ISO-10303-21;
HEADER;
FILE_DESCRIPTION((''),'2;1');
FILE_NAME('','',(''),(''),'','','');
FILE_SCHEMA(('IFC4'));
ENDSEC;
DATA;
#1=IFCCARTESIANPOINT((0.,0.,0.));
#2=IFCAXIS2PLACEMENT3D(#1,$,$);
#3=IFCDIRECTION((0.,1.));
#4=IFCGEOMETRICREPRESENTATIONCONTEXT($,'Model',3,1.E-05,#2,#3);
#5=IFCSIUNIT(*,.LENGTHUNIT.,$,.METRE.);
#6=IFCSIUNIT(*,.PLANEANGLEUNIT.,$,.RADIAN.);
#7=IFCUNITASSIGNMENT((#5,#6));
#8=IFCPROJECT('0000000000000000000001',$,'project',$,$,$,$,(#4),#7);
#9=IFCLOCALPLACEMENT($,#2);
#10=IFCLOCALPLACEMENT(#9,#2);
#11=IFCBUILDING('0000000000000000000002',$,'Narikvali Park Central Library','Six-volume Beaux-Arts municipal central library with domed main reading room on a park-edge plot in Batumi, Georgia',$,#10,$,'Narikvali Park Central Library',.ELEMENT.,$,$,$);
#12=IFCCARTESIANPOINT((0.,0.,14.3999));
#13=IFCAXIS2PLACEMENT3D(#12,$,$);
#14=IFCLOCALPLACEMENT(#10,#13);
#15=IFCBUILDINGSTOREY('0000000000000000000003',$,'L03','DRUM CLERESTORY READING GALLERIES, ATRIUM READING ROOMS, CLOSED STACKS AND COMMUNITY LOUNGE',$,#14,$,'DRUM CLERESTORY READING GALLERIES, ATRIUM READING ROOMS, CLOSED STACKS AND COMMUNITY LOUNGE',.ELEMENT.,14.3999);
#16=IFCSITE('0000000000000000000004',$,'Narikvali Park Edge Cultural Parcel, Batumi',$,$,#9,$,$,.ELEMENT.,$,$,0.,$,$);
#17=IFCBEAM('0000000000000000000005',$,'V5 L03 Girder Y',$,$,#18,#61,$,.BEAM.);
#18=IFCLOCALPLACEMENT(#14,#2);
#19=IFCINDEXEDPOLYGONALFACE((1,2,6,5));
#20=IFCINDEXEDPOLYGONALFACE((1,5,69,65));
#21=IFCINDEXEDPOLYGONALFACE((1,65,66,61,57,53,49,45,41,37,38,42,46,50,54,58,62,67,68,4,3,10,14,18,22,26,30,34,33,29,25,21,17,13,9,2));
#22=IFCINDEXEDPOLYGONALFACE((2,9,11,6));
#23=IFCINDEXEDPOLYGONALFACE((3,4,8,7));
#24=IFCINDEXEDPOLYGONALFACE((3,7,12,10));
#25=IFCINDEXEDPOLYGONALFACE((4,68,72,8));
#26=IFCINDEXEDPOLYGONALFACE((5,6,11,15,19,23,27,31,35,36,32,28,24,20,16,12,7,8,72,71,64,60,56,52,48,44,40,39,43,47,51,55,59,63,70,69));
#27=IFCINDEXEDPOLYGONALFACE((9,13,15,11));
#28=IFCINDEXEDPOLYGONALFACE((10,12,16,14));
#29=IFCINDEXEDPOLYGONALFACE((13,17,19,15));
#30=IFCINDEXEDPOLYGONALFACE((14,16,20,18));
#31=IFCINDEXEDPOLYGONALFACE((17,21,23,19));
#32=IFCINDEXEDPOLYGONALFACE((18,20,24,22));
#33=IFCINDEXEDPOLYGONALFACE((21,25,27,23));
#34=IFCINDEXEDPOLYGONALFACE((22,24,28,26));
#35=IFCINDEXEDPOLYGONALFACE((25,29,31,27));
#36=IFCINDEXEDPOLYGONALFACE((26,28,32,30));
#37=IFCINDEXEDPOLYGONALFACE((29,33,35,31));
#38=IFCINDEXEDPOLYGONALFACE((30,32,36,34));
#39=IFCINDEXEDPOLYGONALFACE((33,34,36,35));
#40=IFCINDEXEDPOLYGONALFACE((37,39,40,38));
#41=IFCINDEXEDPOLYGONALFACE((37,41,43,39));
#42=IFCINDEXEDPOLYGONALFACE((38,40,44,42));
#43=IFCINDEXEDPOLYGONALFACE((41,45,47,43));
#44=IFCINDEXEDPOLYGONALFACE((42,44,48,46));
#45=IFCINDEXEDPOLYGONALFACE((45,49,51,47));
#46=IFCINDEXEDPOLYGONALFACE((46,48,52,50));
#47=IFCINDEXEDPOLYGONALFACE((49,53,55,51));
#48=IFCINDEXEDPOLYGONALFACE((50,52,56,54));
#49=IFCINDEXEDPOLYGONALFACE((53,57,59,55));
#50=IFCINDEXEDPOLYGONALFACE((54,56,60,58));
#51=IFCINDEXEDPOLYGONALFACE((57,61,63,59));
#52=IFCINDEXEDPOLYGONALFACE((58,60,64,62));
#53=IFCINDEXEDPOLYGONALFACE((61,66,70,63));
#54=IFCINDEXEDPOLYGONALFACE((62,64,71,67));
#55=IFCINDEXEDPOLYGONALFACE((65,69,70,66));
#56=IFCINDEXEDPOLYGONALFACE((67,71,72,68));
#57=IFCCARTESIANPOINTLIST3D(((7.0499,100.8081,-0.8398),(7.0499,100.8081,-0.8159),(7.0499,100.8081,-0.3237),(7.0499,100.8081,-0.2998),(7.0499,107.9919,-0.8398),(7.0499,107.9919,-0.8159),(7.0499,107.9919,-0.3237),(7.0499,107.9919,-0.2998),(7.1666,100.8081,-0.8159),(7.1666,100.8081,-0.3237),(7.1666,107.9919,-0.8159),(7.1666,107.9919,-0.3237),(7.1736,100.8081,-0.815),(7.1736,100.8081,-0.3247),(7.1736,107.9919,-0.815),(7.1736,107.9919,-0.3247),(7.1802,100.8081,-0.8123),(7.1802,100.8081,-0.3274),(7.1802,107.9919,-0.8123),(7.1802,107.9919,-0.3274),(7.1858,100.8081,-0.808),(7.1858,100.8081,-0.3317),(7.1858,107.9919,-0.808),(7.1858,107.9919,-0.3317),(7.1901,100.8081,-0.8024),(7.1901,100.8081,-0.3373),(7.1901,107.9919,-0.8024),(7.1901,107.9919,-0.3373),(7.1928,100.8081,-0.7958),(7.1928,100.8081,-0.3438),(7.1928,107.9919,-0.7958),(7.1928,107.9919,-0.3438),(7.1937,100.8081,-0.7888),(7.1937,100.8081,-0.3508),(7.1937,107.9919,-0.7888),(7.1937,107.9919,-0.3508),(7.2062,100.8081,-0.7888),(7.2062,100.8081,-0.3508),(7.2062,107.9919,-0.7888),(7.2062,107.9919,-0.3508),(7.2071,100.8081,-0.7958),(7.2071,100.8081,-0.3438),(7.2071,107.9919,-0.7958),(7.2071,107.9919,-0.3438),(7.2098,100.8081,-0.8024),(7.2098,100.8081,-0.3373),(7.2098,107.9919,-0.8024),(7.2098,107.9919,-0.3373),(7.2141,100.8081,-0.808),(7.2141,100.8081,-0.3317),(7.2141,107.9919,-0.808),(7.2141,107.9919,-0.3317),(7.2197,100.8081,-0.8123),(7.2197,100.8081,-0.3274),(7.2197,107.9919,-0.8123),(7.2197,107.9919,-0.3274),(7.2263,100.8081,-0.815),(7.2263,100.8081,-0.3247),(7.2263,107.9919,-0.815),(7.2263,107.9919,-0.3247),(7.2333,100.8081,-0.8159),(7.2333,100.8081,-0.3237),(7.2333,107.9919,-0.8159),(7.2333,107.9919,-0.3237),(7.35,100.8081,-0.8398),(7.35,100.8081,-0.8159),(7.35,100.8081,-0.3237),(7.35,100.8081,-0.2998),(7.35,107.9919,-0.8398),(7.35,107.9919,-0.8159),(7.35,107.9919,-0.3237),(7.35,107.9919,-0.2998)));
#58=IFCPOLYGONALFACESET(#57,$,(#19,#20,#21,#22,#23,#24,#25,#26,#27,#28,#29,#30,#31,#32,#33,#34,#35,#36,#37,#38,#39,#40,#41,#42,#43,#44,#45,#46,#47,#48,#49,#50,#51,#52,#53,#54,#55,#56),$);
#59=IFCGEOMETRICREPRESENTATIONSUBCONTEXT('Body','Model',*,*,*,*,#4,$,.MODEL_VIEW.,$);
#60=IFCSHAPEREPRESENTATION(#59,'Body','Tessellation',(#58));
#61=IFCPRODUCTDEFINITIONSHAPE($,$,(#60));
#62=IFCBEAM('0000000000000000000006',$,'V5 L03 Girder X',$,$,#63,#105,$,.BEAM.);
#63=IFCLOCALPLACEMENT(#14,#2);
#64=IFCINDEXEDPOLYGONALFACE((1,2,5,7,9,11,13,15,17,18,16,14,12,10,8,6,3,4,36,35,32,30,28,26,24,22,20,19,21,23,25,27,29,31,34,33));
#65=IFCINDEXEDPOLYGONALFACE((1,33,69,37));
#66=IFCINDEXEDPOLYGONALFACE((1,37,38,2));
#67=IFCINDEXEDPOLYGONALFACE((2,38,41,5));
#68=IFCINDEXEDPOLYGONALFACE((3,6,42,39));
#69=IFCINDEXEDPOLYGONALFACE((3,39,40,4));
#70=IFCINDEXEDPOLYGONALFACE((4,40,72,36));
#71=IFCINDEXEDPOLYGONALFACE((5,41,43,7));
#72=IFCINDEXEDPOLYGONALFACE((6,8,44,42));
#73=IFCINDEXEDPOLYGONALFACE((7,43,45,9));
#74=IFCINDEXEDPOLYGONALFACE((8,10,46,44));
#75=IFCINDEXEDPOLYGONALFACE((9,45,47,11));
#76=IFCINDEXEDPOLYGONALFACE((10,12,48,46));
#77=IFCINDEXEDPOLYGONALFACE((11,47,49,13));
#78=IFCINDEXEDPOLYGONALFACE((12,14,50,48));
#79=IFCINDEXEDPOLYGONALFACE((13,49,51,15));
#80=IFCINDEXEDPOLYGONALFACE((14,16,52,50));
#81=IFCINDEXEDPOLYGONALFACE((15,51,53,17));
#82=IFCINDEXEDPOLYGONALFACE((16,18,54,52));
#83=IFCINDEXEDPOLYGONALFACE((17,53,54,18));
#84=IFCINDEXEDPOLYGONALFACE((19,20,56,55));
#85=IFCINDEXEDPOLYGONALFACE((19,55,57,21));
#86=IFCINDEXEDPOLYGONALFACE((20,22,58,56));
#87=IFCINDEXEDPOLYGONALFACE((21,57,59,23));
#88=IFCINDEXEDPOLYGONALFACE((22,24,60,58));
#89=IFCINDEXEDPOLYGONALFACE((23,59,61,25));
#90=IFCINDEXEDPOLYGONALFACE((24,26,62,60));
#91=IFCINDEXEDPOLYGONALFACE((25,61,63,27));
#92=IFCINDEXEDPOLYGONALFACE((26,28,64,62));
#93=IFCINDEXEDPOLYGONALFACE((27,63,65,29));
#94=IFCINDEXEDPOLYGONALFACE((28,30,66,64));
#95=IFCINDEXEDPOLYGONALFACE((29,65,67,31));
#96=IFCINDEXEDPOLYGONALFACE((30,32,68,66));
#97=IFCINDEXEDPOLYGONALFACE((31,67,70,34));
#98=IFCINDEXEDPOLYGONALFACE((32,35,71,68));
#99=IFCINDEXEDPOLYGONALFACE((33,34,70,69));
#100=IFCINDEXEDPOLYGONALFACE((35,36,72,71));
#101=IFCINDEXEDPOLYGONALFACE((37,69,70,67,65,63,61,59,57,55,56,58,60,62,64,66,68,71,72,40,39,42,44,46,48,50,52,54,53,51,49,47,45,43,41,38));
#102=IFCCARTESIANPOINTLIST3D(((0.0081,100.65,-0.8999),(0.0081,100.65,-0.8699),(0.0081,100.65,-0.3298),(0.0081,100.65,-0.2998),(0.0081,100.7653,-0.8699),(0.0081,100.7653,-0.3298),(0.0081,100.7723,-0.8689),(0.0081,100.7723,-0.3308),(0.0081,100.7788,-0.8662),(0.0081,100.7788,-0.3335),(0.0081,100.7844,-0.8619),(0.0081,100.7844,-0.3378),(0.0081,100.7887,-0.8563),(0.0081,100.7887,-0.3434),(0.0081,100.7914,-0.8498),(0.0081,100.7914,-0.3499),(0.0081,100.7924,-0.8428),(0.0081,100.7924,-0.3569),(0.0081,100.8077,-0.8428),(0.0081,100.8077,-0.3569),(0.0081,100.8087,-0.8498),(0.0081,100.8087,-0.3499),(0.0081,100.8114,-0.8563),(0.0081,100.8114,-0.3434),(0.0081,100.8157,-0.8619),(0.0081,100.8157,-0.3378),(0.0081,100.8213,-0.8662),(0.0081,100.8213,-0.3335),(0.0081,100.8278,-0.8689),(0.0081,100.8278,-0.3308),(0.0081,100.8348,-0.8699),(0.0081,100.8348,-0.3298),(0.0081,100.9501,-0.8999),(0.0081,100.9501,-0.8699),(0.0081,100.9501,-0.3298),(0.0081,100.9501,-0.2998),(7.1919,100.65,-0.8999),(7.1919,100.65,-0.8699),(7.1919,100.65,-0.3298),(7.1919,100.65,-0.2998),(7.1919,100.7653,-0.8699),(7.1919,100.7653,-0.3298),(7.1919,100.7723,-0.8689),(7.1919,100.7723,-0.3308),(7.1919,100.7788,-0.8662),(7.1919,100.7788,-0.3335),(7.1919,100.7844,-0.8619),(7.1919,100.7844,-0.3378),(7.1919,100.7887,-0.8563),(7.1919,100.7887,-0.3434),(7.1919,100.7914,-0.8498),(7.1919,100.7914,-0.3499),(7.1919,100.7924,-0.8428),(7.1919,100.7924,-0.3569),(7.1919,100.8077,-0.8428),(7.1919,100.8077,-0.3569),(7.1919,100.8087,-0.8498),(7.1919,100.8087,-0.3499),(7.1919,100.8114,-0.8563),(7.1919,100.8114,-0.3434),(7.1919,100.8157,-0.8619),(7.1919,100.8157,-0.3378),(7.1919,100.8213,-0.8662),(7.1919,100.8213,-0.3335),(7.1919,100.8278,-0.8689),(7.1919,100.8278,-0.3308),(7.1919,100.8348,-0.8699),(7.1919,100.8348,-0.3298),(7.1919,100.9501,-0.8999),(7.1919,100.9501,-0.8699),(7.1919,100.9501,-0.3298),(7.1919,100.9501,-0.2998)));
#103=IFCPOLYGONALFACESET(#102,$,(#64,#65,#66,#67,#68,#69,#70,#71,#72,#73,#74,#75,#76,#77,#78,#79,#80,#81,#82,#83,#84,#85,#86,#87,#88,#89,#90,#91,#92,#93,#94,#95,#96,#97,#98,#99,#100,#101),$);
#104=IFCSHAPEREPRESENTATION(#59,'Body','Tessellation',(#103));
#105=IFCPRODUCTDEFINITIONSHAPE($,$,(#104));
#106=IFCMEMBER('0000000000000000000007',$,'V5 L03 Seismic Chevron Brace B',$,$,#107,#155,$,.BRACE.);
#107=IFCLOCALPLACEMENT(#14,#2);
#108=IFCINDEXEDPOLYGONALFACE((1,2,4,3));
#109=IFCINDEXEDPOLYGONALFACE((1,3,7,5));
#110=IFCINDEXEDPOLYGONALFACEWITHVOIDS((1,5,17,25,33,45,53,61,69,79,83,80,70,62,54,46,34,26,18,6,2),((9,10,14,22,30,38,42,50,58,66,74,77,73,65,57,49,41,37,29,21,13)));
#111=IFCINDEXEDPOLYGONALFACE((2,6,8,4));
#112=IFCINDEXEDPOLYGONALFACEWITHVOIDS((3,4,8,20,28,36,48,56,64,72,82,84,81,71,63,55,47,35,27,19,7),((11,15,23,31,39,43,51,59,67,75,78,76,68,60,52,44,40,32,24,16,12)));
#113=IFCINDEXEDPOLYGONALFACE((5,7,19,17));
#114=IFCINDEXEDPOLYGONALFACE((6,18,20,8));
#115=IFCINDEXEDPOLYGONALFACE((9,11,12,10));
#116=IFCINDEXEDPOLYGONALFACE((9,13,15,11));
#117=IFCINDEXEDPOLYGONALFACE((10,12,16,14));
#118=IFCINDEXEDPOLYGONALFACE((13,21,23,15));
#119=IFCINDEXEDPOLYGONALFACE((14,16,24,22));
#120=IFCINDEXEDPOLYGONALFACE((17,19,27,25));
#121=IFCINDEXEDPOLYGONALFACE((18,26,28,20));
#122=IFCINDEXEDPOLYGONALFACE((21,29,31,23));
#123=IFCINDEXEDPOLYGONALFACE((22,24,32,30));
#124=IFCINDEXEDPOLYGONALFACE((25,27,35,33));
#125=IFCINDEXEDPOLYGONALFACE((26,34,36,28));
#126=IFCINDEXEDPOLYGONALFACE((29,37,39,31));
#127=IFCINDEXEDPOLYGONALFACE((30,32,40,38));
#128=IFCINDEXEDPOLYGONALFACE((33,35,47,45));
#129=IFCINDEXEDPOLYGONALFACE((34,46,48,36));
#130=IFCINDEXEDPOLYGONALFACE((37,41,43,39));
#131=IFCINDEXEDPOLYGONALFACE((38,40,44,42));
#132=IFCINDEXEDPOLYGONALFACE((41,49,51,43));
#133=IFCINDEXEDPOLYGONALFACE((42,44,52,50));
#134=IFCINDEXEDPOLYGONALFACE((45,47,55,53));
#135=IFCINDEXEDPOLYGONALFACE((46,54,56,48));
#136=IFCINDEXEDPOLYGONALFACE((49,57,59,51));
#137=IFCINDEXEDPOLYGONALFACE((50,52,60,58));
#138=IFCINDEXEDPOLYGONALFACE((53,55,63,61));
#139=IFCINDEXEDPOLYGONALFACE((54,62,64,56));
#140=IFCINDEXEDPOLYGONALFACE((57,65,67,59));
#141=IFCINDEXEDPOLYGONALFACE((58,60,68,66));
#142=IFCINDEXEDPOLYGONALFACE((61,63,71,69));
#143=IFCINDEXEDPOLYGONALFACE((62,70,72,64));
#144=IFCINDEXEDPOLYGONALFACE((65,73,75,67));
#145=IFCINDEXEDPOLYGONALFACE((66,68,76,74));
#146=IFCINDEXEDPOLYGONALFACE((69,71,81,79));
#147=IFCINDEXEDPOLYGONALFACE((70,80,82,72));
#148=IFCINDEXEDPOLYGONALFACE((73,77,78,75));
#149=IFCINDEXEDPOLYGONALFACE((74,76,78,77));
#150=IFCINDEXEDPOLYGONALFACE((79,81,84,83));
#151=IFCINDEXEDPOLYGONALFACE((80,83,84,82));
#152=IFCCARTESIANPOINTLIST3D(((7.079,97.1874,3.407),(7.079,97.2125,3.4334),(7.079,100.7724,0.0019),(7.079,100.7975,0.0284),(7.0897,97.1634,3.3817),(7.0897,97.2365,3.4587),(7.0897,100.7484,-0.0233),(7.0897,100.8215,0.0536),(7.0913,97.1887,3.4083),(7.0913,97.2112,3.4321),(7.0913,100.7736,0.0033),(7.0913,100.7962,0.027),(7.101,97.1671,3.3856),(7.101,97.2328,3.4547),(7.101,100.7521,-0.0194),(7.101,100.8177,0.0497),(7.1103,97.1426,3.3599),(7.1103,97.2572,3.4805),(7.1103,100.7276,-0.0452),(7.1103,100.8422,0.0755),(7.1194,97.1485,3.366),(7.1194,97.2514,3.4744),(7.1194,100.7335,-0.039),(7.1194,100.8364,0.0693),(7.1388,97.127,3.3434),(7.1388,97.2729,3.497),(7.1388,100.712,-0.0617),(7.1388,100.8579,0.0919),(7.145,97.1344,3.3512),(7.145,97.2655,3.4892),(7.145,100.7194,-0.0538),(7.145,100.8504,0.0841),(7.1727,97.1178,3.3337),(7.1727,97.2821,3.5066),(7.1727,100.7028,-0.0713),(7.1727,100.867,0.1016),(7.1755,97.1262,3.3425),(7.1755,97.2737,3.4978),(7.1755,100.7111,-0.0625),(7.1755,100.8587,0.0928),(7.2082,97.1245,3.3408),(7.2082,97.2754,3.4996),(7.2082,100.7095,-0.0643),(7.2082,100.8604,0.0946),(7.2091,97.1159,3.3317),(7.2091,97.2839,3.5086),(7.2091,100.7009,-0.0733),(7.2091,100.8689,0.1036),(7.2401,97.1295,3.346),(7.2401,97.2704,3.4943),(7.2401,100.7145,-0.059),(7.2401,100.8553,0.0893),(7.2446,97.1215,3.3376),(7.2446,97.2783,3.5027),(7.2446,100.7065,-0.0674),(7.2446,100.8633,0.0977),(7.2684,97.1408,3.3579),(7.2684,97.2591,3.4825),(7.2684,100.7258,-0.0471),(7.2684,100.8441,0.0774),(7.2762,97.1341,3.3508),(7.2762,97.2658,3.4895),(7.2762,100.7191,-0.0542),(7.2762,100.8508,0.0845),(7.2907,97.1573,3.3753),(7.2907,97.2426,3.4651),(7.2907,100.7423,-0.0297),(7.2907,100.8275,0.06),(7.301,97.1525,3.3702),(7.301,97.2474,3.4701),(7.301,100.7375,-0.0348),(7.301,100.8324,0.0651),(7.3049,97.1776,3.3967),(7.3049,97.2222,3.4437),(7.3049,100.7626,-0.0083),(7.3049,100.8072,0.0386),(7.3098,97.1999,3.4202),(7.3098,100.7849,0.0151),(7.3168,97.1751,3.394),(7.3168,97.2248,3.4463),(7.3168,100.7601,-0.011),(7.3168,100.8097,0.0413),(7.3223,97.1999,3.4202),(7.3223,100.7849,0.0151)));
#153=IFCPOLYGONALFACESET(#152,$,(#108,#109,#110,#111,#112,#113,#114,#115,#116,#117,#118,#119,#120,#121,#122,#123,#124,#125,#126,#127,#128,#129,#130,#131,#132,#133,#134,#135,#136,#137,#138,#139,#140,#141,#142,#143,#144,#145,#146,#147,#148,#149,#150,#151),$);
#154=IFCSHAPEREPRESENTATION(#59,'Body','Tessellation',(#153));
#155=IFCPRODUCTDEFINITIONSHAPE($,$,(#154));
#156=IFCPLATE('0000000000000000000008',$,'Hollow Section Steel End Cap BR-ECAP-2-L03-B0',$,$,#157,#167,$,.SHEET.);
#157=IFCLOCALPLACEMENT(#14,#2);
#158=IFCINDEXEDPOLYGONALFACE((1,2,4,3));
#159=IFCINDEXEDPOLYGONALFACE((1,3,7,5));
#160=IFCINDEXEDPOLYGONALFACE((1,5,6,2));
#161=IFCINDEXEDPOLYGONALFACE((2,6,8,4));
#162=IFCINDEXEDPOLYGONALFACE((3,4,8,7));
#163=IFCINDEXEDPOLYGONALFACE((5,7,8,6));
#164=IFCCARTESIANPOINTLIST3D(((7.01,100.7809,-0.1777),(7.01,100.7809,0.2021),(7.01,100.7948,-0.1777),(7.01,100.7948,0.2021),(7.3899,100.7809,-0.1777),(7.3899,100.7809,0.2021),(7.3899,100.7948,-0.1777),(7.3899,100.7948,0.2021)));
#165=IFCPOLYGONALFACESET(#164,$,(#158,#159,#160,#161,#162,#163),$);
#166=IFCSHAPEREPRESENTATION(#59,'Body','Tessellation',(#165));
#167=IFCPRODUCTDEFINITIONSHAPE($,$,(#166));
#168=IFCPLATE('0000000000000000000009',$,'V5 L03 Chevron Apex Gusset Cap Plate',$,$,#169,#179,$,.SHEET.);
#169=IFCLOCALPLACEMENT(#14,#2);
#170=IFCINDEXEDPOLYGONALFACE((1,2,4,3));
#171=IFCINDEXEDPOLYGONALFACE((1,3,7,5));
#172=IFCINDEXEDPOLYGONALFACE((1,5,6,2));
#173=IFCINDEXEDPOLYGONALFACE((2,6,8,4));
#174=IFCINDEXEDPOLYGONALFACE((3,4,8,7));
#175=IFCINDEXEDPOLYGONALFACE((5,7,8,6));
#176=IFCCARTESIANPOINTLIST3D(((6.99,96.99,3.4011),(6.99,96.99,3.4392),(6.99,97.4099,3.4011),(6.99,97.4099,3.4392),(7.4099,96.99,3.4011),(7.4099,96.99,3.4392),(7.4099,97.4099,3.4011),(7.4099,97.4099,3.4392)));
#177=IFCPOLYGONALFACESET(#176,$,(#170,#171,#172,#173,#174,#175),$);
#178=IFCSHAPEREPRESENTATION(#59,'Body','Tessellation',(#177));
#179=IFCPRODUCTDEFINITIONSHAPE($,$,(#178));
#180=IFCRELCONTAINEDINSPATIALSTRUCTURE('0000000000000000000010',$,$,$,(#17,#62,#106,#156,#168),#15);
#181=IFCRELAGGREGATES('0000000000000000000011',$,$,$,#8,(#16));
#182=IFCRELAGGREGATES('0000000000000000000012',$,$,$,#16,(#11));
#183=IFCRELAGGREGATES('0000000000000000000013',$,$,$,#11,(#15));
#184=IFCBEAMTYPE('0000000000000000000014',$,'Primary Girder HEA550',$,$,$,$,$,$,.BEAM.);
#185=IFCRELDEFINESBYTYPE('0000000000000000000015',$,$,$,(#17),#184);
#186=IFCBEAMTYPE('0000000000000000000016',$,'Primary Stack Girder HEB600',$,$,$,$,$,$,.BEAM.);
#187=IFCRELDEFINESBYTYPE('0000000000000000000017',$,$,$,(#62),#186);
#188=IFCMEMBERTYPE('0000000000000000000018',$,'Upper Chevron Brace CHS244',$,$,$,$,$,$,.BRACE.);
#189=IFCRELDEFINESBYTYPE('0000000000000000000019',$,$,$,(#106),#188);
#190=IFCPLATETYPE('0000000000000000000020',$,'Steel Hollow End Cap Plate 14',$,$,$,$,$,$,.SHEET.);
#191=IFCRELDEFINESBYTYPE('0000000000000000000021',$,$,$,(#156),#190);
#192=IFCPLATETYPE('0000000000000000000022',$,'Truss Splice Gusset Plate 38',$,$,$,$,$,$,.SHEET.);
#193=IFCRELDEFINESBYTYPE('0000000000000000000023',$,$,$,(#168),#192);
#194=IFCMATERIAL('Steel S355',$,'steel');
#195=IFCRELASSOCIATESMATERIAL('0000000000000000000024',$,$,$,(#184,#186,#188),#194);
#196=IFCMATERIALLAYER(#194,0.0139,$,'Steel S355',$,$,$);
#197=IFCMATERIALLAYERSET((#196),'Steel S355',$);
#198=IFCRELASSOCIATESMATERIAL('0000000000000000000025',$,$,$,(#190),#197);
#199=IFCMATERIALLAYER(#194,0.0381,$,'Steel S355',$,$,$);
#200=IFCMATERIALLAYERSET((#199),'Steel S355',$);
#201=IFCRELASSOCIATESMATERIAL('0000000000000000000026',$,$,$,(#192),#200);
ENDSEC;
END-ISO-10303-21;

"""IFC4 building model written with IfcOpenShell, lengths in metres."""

from ifc_helpers import new_model, si_unit, direction, frame, origin, origin_2d, place, context, subcontext, project, spatial, rectangle, hollow_circle, i_section, extrude, material, layer, layer_set, material_profile, profile_set, type_object, element, save


model = new_model("IFC4")

# Units and contexts
model_context = context("Model", 3, precision=1e-05, world=origin(), true_north=direction((0.0, 1.0)))
body_context = subcontext(model_context, "Body", "Model", "MODEL_VIEW")
ifc_project = project(units=[si_unit("LENGTHUNIT", "METRE"), si_unit("PLANEANGLEUNIT", "RADIAN")], contexts=[model_context])

# Site, building, storey
site_placement = place(None, origin())
site = spatial("IfcSite", under=ifc_project, at=site_placement, Name="Narikvali Park Edge Cultural Parcel, Batumi", CompositionType="ELEMENT", RefElevation=0.0)
building_placement = place(site_placement, origin())
building = spatial("IfcBuilding", under=site, at=building_placement, Name="Narikvali Park Central Library", Description="Six-volume Beaux-Arts municipal central library with domed main reading room on a park-edge plot in Batumi, Georgia", LongName="Narikvali Park Central Library", CompositionType="ELEMENT")
storey_placement = place(building_placement, frame((0.0, 0.0, 14.3999)))
storey = spatial("IfcBuildingStorey", under=building, at=storey_placement, Name="L03", Description="DRUM CLERESTORY READING GALLERIES, ATRIUM READING ROOMS, CLOSED STACKS AND COMMUNITY LOUNGE", LongName="DRUM CLERESTORY READING GALLERIES, ATRIUM READING ROOMS, CLOSED STACKS AND COMMUNITY LOUNGE", CompositionType="ELEMENT", Elevation=14.3999)

# Shared definitions
ifc_material_1 = material(Name="Steel S355", Category="steel")

# Beams
ifc_material_profile_1 = material_profile(ifc_material_1, i_section(OverallWidth=0.3, OverallDepth=0.54, WebThickness=0.0125, FlangeThickness=0.0239, FilletRadius=0.0271, at=origin_2d()), Name="HEA 550")
ifc_profile_set_1 = profile_set([ifc_material_profile_1], Name="Steel S355")
beam_type_1 = type_object("IfcBeamType", Name="Primary Girder HEA550", PredefinedType="BEAM", material=ifc_profile_set_1)
beam_1_placement = place(storey_placement, frame((7.2, 100.8081, -0.5698), z_axis=(0.0, 1.0, 0.0), x_axis=(-1.0, 0.0, 0.0)))
element("IfcBeam", 1, at=beam_1_placement, inside=storey, type_object=beam_type_1, Name="V5 L03 Girder Y", PredefinedType="BEAM", context=body_context, shape_type="SweptSolid", body=[
    extrude(i_section(OverallWidth=0.3, OverallDepth=0.54, WebThickness=0.0125, FlangeThickness=0.0239, FilletRadius=0.0271, at=origin_2d()), origin(), (0.0, 0.0, 1.0), 7.1838),
])
ifc_material_profile_2 = material_profile(ifc_material_1, i_section(OverallWidth=0.3, OverallDepth=0.6001, WebThickness=0.0154, FlangeThickness=0.03, FilletRadius=0.0271, at=origin_2d()), Name="HEB 600")
ifc_profile_set_2 = profile_set([ifc_material_profile_2], Name="Steel S355")
beam_type_2 = type_object("IfcBeamType", Name="Primary Stack Girder HEB600", PredefinedType="BEAM", material=ifc_profile_set_2)
beam_2_placement = place(storey_placement, frame((0.0081, 100.8, -0.5999), z_axis=(1.0, 0.0, 0.0), x_axis=(0.0, 1.0, 0.0)))
element("IfcBeam", 2, at=beam_2_placement, inside=storey, type_object=beam_type_2, Name="V5 L03 Girder X", PredefinedType="BEAM", context=body_context, shape_type="SweptSolid", body=[
    extrude(i_section(OverallWidth=0.3, OverallDepth=0.6001, WebThickness=0.0154, FlangeThickness=0.03, FilletRadius=0.0271, at=origin_2d()), origin(), (0.0, 0.0, 1.0), 7.1838),
])

# Member
ifc_material_profile_3 = material_profile(ifc_material_1, hollow_circle(Radius=0.1223, WallThickness=0.0125, at=origin_2d()), Name="CHS 244.5x12.5")
ifc_profile_set_3 = profile_set([ifc_material_profile_3], Name="Steel S355")
member_type = type_object("IfcMemberType", Name="Upper Chevron Brace CHS244", PredefinedType="BRACE", material=ifc_profile_set_3)
member_placement = place(storey_placement, frame((7.2, 100.7849, 0.0151), z_axis=(0.0, -0.725068, 0.688677), x_axis=(1.0, 0.0, 0.0)))
element("IfcMember", 3, at=member_placement, inside=storey, type_object=member_type, Name="V5 L03 Seismic Chevron Brace B", PredefinedType="BRACE", context=body_context, shape_type="SweptSolid", body=[
    extrude(hollow_circle(Radius=0.1223, WallThickness=0.0125, at=origin_2d()), origin(), (0.0, 0.0, 1.0), 4.9443),
])

# Plates
ifc_layer_1 = layer(ifc_material_1, 0.0139, Name="Steel S355")
ifc_layer_set_1 = layer_set([ifc_layer_1], Name="Steel S355")
plate_type_1 = type_object("IfcPlateType", Name="Steel Hollow End Cap Plate 14", PredefinedType="SHEET", material=ifc_layer_set_1)
plate_1_placement = place(storey_placement, frame((7.2, 100.7878, -0.1777), z_axis=(0.0, 0.0, 1.0), x_axis=(1.0, 0.0, 0.0)))
element("IfcPlate", 4, at=plate_1_placement, inside=storey, type_object=plate_type_1, Name="Hollow Section Steel End Cap BR-ECAP-2-L03-B0", PredefinedType="SHEET", context=body_context, shape_type="SweptSolid", body=[
    extrude(rectangle(XDim=0.3799, YDim=0.0139, at=origin_2d()), origin(), (0.0, 0.0, 1.0), 0.3799),
])
ifc_layer_2 = layer(ifc_material_1, 0.0381, Name="Steel S355")
ifc_layer_set_2 = layer_set([ifc_layer_2], Name="Steel S355")
plate_type_2 = type_object("IfcPlateType", Name="Truss Splice Gusset Plate 38", PredefinedType="SHEET", material=ifc_layer_set_2)
plate_2_placement = place(storey_placement, frame((7.2, 97.2, 3.4011), z_axis=(0.0, 0.0, 1.0), x_axis=(1.0, 0.0, 0.0)))
element("IfcPlate", 5, at=plate_2_placement, inside=storey, type_object=plate_type_2, Name="V5 L03 Chevron Apex Gusset Cap Plate", PredefinedType="SHEET", context=body_context, shape_type="SweptSolid", body=[
    extrude(rectangle(XDim=0.4199, YDim=0.4199, at=origin_2d()), origin(), (0.0, 0.0, 1.0), 0.0381),
])

save(model, "model.ifc")
